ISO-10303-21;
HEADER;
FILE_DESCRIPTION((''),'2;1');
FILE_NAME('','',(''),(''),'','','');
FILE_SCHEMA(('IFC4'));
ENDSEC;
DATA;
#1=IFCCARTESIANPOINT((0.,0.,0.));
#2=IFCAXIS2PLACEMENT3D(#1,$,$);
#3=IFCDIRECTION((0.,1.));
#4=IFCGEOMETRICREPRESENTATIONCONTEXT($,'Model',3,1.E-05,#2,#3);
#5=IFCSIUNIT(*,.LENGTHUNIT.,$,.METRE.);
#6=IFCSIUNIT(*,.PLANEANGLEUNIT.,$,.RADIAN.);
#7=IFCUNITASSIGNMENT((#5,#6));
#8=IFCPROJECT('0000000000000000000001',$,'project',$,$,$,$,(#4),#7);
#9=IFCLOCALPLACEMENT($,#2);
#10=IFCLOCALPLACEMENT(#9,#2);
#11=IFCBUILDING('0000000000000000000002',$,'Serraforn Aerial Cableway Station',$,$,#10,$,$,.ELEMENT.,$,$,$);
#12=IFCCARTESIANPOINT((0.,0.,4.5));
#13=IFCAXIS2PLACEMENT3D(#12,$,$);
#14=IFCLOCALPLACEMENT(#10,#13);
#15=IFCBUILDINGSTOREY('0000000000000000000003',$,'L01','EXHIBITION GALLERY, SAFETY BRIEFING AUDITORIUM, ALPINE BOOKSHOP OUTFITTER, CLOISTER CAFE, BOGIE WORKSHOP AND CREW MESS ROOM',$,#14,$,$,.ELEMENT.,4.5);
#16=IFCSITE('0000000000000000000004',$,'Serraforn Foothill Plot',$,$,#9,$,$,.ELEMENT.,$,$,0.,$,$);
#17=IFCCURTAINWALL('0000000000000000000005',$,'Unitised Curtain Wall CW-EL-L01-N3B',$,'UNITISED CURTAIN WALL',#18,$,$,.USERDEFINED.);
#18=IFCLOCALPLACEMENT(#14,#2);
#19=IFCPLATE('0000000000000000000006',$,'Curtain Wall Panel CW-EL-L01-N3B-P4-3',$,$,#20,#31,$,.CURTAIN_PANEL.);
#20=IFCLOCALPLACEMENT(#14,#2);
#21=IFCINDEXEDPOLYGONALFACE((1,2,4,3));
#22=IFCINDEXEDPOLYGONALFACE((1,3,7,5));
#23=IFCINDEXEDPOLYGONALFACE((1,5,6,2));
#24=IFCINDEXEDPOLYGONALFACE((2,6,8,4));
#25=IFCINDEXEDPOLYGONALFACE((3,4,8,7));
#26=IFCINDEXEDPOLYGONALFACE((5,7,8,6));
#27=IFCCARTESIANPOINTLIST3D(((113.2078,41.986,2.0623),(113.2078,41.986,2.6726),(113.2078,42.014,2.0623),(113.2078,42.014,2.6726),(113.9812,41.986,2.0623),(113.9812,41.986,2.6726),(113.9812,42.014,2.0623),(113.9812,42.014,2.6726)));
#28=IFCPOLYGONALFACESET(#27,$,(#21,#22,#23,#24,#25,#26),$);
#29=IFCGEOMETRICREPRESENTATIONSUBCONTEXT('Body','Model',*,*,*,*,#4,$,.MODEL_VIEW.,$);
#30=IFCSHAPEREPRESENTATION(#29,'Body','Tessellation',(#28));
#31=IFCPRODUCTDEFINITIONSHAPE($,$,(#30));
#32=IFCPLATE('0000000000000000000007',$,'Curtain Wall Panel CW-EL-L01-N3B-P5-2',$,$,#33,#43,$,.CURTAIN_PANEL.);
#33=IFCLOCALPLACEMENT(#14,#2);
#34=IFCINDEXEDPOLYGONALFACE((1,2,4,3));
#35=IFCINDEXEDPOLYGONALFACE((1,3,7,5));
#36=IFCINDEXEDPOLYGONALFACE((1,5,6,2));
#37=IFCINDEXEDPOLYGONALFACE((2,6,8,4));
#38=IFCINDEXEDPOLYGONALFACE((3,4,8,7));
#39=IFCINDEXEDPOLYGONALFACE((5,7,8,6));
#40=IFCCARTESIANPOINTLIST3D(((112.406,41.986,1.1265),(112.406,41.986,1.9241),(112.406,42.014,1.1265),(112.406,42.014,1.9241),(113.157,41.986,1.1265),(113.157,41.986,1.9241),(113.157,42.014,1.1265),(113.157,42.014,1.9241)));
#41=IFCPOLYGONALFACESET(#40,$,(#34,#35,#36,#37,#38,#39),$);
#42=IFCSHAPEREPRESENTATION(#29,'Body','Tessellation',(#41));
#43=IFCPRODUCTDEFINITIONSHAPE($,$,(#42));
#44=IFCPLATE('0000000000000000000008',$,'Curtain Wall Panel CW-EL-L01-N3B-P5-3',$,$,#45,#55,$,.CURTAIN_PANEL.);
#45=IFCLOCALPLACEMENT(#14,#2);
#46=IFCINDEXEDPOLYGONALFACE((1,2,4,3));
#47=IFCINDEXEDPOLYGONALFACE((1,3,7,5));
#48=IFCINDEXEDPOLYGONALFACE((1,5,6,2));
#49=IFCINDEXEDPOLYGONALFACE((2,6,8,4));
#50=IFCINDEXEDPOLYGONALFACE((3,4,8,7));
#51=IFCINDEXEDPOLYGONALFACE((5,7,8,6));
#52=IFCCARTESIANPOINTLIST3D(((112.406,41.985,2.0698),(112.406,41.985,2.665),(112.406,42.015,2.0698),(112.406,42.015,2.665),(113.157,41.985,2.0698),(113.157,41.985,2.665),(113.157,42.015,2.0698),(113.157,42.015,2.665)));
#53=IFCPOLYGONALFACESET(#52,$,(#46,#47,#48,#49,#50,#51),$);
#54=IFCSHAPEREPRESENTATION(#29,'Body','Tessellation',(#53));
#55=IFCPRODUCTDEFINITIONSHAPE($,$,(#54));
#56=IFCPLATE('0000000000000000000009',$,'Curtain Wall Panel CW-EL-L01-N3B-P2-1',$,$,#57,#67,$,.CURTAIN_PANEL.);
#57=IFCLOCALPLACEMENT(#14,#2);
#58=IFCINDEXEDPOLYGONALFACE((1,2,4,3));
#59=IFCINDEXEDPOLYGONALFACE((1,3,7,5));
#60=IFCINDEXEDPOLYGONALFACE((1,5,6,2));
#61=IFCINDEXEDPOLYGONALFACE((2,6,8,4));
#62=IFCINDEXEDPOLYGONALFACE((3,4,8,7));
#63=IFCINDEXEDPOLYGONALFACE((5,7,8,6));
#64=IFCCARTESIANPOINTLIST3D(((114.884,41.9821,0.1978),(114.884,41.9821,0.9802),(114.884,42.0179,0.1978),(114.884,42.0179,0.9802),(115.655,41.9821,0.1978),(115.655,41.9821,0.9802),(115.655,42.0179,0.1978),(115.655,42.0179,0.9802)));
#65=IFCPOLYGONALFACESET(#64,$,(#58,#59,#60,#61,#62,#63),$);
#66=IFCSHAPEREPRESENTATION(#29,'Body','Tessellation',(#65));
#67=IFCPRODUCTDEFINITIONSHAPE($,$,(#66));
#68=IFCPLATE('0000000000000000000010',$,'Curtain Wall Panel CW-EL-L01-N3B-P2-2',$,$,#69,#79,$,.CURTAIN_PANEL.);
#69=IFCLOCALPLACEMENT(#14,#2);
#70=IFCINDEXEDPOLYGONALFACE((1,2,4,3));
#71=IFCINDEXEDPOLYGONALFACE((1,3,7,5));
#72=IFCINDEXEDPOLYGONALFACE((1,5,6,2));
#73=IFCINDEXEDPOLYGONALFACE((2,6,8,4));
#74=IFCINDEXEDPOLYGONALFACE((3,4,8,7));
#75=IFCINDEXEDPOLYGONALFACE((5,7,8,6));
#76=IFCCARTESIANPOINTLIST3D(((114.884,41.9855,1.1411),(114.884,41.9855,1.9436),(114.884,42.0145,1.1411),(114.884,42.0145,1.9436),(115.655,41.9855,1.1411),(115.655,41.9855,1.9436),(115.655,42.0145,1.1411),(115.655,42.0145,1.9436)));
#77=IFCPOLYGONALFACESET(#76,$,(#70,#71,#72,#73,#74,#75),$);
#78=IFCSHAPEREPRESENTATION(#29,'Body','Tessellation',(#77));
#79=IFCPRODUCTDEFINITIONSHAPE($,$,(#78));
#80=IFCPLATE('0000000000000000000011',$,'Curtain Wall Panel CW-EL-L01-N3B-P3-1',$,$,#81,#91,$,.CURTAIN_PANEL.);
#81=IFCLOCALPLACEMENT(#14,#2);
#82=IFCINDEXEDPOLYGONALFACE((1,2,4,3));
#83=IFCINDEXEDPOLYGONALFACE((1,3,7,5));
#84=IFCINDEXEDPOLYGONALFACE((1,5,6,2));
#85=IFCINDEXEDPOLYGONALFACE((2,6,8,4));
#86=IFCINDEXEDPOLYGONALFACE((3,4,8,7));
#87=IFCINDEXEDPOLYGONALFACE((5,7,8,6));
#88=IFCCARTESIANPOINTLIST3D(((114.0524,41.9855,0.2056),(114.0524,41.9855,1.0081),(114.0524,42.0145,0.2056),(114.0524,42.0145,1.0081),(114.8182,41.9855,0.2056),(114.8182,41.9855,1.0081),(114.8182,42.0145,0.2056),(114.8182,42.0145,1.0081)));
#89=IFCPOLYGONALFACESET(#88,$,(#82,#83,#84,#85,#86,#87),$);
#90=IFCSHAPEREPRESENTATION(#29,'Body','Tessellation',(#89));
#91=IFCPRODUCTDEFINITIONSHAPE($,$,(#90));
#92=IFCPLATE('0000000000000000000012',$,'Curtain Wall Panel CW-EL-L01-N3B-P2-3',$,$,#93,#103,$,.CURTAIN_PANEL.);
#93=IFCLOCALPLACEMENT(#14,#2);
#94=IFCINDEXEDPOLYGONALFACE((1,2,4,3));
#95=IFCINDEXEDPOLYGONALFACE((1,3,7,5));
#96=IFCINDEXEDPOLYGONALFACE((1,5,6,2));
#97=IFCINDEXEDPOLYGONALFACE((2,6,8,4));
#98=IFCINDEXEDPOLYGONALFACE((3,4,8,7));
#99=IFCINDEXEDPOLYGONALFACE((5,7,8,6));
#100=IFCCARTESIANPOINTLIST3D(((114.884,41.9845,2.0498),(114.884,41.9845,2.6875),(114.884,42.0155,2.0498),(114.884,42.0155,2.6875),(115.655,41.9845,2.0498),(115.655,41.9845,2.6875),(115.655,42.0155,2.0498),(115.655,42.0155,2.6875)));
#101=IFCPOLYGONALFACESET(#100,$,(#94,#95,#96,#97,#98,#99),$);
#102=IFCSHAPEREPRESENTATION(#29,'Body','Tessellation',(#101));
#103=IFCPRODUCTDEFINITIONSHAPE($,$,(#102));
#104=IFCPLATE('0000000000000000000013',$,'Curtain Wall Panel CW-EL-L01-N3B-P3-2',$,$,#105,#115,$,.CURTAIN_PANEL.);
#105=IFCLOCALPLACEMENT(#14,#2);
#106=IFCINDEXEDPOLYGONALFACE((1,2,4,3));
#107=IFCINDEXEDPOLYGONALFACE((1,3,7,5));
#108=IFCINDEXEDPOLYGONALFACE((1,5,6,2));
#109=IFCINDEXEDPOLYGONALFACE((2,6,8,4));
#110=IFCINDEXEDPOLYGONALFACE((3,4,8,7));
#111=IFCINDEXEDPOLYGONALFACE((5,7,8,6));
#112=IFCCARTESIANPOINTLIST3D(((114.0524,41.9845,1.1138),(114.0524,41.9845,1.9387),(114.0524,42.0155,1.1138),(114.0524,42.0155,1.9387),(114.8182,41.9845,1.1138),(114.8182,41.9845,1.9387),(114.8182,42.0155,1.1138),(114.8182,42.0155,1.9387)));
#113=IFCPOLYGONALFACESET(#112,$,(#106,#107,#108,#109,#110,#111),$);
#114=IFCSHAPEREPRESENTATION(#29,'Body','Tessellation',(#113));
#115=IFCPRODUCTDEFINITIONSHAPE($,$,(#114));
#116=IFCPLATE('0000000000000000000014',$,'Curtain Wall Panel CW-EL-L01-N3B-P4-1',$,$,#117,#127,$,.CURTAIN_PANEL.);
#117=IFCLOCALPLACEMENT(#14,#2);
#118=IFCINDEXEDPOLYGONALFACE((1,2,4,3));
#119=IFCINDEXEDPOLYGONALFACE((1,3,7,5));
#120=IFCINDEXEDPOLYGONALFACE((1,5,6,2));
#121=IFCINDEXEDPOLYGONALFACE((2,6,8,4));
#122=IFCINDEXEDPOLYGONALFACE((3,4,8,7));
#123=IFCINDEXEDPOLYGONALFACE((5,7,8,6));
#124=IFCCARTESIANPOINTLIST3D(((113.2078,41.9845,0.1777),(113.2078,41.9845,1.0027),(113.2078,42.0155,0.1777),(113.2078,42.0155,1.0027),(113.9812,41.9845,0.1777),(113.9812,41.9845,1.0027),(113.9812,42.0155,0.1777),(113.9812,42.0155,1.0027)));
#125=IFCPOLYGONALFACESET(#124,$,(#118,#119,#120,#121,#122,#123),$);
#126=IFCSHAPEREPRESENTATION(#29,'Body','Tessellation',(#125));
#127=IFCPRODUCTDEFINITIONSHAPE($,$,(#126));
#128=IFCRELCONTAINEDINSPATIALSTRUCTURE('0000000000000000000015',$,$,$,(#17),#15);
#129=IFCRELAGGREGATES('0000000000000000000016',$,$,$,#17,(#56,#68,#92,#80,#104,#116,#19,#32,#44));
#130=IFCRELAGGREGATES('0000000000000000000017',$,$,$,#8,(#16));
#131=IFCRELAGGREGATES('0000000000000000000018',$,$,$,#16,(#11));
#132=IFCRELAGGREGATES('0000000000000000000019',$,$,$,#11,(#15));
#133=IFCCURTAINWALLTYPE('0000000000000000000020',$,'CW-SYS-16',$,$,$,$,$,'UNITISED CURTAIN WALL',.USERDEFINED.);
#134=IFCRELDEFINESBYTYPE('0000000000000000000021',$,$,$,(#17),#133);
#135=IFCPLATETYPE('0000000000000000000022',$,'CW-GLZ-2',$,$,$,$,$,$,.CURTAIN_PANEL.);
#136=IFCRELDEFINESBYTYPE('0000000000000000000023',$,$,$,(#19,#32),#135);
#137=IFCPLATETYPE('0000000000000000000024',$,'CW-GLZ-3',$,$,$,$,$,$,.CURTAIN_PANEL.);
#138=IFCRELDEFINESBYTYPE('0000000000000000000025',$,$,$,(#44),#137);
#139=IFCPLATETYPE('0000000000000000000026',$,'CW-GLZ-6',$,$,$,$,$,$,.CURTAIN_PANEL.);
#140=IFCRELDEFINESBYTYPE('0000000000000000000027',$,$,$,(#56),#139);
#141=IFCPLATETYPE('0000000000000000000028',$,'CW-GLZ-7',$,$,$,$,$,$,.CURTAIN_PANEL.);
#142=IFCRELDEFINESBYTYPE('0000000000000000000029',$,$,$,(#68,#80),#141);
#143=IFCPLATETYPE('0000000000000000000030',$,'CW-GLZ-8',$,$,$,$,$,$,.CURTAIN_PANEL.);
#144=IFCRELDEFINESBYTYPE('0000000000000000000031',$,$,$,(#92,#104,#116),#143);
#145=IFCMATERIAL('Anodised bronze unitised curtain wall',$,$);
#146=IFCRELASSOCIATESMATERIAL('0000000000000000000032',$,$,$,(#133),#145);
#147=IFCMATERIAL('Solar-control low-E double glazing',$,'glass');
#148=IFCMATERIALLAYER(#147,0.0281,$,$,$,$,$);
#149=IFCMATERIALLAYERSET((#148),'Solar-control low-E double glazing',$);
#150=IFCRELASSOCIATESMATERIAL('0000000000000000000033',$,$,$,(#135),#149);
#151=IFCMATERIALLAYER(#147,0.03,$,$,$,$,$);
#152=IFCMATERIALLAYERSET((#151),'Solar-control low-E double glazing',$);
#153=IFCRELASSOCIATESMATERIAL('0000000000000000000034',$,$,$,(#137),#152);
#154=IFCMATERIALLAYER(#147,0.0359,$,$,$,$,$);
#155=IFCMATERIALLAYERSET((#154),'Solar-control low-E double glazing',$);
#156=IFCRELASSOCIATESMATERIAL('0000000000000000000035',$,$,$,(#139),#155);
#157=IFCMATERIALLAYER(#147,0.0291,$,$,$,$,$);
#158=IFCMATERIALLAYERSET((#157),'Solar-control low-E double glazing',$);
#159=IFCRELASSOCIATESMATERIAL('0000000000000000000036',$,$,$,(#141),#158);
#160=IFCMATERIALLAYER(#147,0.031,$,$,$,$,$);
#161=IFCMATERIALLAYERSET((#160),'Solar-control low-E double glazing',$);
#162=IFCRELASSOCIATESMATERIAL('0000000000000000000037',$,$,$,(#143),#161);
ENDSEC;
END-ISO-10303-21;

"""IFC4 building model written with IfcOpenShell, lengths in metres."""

from ifc_helpers import new_model, si_unit, direction, frame, origin, origin_2d, place, context, subcontext, project, spatial, rectangle, extrude, material, layer, layer_set, type_object, element, aggregate, save


model = new_model("IFC4")

# Units and contexts
model_context = context("Model", 3, precision=1e-05, world=origin(), true_north=direction((0.0, 1.0)))
body_context = subcontext(model_context, "Body", "Model", "MODEL_VIEW")
ifc_project = project(units=[si_unit("LENGTHUNIT", "METRE"), si_unit("PLANEANGLEUNIT", "RADIAN")], contexts=[model_context])

# Site, building, storey
site_placement = place(None, origin())
site = spatial("IfcSite", under=ifc_project, at=site_placement, Name="Serraforn Foothill Plot", CompositionType="ELEMENT", RefElevation=0.0)
building_placement = place(site_placement, origin())
building = spatial("IfcBuilding", under=site, at=building_placement, Name="Serraforn Aerial Cableway Station", CompositionType="ELEMENT")
storey_placement = place(building_placement, frame((0.0, 0.0, 4.5)))
storey = spatial("IfcBuildingStorey", under=building, at=storey_placement, Name="L01", Description="EXHIBITION GALLERY, SAFETY BRIEFING AUDITORIUM, ALPINE BOOKSHOP OUTFITTER, CLOISTER CAFE, BOGIE WORKSHOP AND CREW MESS ROOM", CompositionType="ELEMENT", Elevation=4.5)

# Curtain wall, plates
ifc_material_1 = material(Name="Anodised bronze unitised curtain wall")
curtain_wall_type = type_object("IfcCurtainWallType", Name="CW-SYS-16", ElementType="UNITISED CURTAIN WALL", PredefinedType="USERDEFINED", material=ifc_material_1)
curtain_wall_placement = place(storey_placement, origin())
curtain_wall = element("IfcCurtainWall", 1, at=curtain_wall_placement, inside=storey, type_object=curtain_wall_type, Name="Unitised Curtain Wall CW-EL-L01-N3B", ObjectType="UNITISED CURTAIN WALL", PredefinedType="USERDEFINED")
ifc_material_2 = material(Name="Solar-control low-E double glazing", Category="glass")
ifc_layer_1 = layer(ifc_material_2, 0.0281)
ifc_layer_set_1 = layer_set([ifc_layer_1], Name="Solar-control low-E double glazing")
plate_type_1 = type_object("IfcPlateType", Name="CW-GLZ-2", PredefinedType="CURTAIN_PANEL", material=ifc_layer_set_1)
plate_1_placement = place(storey_placement, frame((113.5945, 42.0, 2.0623), z_axis=(0.0, 0.0, 1.0), x_axis=(1.0, 0.0, 0.0)))
plate_1 = element("IfcPlate", 2, at=plate_1_placement, type_object=plate_type_1, Name="Curtain Wall Panel CW-EL-L01-N3B-P4-3", PredefinedType="CURTAIN_PANEL", context=body_context, shape_type="SweptSolid", body=[
    extrude(rectangle(XDim=0.7734, YDim=0.0281, at=origin_2d()), origin(), (0.0, 0.0, 1.0), 0.6104),
])
plate_2_placement = place(storey_placement, frame((112.7815, 42.0, 1.1265), z_axis=(0.0, 0.0, 1.0), x_axis=(1.0, 0.0, 0.0)))
plate_2 = element("IfcPlate", 3, at=plate_2_placement, type_object=plate_type_1, Name="Curtain Wall Panel CW-EL-L01-N3B-P5-2", PredefinedType="CURTAIN_PANEL", context=body_context, shape_type="SweptSolid", body=[
    extrude(rectangle(XDim=0.751, YDim=0.0281, at=origin_2d()), origin(), (0.0, 0.0, 1.0), 0.7976),
])
ifc_layer_2 = layer(ifc_material_2, 0.03)
ifc_layer_set_2 = layer_set([ifc_layer_2], Name="Solar-control low-E double glazing")
plate_type_2 = type_object("IfcPlateType", Name="CW-GLZ-3", PredefinedType="CURTAIN_PANEL", material=ifc_layer_set_2)
plate_3_placement = place(storey_placement, frame((112.7815, 42.0, 2.0698), z_axis=(0.0, 0.0, 1.0), x_axis=(1.0, 0.0, 0.0)))
plate_3 = element("IfcPlate", 4, at=plate_3_placement, type_object=plate_type_2, Name="Curtain Wall Panel CW-EL-L01-N3B-P5-3", PredefinedType="CURTAIN_PANEL", context=body_context, shape_type="SweptSolid", body=[
    extrude(rectangle(XDim=0.751, YDim=0.03, at=origin_2d()), origin(), (0.0, 0.0, 1.0), 0.5952),
])
ifc_layer_3 = layer(ifc_material_2, 0.0359)
ifc_layer_set_3 = layer_set([ifc_layer_3], Name="Solar-control low-E double glazing")
plate_type_3 = type_object("IfcPlateType", Name="CW-GLZ-6", PredefinedType="CURTAIN_PANEL", material=ifc_layer_set_3)
plate_4_placement = place(storey_placement, frame((115.2695, 42.0, 0.1978), z_axis=(0.0, 0.0, 1.0), x_axis=(1.0, 0.0, 0.0)))
plate_4 = element("IfcPlate", 5, at=plate_4_placement, type_object=plate_type_3, Name="Curtain Wall Panel CW-EL-L01-N3B-P2-1", PredefinedType="CURTAIN_PANEL", context=body_context, shape_type="SweptSolid", body=[
    extrude(rectangle(XDim=0.771, YDim=0.0359, at=origin_2d()), origin(), (0.0, 0.0, 1.0), 0.7825),
])
ifc_layer_4 = layer(ifc_material_2, 0.0291)
ifc_layer_set_4 = layer_set([ifc_layer_4], Name="Solar-control low-E double glazing")
plate_type_4 = type_object("IfcPlateType", Name="CW-GLZ-7", PredefinedType="CURTAIN_PANEL", material=ifc_layer_set_4)
plate_5_placement = place(storey_placement, frame((115.2695, 42.0, 1.1411), z_axis=(0.0, 0.0, 1.0), x_axis=(1.0, 0.0, 0.0)))
plate_5 = element("IfcPlate", 6, at=plate_5_placement, type_object=plate_type_4, Name="Curtain Wall Panel CW-EL-L01-N3B-P2-2", PredefinedType="CURTAIN_PANEL", context=body_context, shape_type="SweptSolid", body=[
    extrude(rectangle(XDim=0.771, YDim=0.0291, at=origin_2d()), origin(), (0.0, 0.0, 1.0), 0.8025),
])
plate_6_placement = place(storey_placement, frame((114.4353, 42.0, 0.2056), z_axis=(0.0, 0.0, 1.0), x_axis=(1.0, 0.0, 0.0)))
plate_6 = element("IfcPlate", 7, at=plate_6_placement, type_object=plate_type_4, Name="Curtain Wall Panel CW-EL-L01-N3B-P3-1", PredefinedType="CURTAIN_PANEL", context=body_context, shape_type="SweptSolid", body=[
    extrude(rectangle(XDim=0.7659, YDim=0.0291, at=origin_2d()), origin(), (0.0, 0.0, 1.0), 0.8025),
])
ifc_layer_5 = layer(ifc_material_2, 0.031)
ifc_layer_set_5 = layer_set([ifc_layer_5], Name="Solar-control low-E double glazing")
plate_type_5 = type_object("IfcPlateType", Name="CW-GLZ-8", PredefinedType="CURTAIN_PANEL", material=ifc_layer_set_5)
plate_7_placement = place(storey_placement, frame((115.2695, 42.0, 2.0498), z_axis=(0.0, 0.0, 1.0), x_axis=(1.0, 0.0, 0.0)))
plate_7 = element("IfcPlate", 8, at=plate_7_placement, type_object=plate_type_5, Name="Curtain Wall Panel CW-EL-L01-N3B-P2-3", PredefinedType="CURTAIN_PANEL", context=body_context, shape_type="SweptSolid", body=[
    extrude(rectangle(XDim=0.771, YDim=0.031, at=origin_2d()), origin(), (0.0, 0.0, 1.0), 0.6377),
])
plate_8_placement = place(storey_placement, frame((114.4353, 42.0, 1.1138), z_axis=(0.0, 0.0, 1.0), x_axis=(1.0, 0.0, 0.0)))
plate_8 = element("IfcPlate", 9, at=plate_8_placement, type_object=plate_type_5, Name="Curtain Wall Panel CW-EL-L01-N3B-P3-2", PredefinedType="CURTAIN_PANEL", context=body_context, shape_type="SweptSolid", body=[
    extrude(rectangle(XDim=0.7659, YDim=0.031, at=origin_2d()), origin(), (0.0, 0.0, 1.0), 0.825),
])
plate_9_placement = place(storey_placement, frame((113.5945, 42.0, 0.1777), z_axis=(0.0, 0.0, 1.0), x_axis=(1.0, 0.0, 0.0)))
plate_9 = element("IfcPlate", 10, at=plate_9_placement, type_object=plate_type_5, Name="Curtain Wall Panel CW-EL-L01-N3B-P4-1", PredefinedType="CURTAIN_PANEL", context=body_context, shape_type="SweptSolid", body=[
    extrude(rectangle(XDim=0.7734, YDim=0.031, at=origin_2d()), origin(), (0.0, 0.0, 1.0), 0.825),
])
aggregate(curtain_wall, [plate_4, plate_5, plate_7, plate_6, plate_8, plate_9, plate_1, plate_2, plate_3])

save(model, "model.ifc")
